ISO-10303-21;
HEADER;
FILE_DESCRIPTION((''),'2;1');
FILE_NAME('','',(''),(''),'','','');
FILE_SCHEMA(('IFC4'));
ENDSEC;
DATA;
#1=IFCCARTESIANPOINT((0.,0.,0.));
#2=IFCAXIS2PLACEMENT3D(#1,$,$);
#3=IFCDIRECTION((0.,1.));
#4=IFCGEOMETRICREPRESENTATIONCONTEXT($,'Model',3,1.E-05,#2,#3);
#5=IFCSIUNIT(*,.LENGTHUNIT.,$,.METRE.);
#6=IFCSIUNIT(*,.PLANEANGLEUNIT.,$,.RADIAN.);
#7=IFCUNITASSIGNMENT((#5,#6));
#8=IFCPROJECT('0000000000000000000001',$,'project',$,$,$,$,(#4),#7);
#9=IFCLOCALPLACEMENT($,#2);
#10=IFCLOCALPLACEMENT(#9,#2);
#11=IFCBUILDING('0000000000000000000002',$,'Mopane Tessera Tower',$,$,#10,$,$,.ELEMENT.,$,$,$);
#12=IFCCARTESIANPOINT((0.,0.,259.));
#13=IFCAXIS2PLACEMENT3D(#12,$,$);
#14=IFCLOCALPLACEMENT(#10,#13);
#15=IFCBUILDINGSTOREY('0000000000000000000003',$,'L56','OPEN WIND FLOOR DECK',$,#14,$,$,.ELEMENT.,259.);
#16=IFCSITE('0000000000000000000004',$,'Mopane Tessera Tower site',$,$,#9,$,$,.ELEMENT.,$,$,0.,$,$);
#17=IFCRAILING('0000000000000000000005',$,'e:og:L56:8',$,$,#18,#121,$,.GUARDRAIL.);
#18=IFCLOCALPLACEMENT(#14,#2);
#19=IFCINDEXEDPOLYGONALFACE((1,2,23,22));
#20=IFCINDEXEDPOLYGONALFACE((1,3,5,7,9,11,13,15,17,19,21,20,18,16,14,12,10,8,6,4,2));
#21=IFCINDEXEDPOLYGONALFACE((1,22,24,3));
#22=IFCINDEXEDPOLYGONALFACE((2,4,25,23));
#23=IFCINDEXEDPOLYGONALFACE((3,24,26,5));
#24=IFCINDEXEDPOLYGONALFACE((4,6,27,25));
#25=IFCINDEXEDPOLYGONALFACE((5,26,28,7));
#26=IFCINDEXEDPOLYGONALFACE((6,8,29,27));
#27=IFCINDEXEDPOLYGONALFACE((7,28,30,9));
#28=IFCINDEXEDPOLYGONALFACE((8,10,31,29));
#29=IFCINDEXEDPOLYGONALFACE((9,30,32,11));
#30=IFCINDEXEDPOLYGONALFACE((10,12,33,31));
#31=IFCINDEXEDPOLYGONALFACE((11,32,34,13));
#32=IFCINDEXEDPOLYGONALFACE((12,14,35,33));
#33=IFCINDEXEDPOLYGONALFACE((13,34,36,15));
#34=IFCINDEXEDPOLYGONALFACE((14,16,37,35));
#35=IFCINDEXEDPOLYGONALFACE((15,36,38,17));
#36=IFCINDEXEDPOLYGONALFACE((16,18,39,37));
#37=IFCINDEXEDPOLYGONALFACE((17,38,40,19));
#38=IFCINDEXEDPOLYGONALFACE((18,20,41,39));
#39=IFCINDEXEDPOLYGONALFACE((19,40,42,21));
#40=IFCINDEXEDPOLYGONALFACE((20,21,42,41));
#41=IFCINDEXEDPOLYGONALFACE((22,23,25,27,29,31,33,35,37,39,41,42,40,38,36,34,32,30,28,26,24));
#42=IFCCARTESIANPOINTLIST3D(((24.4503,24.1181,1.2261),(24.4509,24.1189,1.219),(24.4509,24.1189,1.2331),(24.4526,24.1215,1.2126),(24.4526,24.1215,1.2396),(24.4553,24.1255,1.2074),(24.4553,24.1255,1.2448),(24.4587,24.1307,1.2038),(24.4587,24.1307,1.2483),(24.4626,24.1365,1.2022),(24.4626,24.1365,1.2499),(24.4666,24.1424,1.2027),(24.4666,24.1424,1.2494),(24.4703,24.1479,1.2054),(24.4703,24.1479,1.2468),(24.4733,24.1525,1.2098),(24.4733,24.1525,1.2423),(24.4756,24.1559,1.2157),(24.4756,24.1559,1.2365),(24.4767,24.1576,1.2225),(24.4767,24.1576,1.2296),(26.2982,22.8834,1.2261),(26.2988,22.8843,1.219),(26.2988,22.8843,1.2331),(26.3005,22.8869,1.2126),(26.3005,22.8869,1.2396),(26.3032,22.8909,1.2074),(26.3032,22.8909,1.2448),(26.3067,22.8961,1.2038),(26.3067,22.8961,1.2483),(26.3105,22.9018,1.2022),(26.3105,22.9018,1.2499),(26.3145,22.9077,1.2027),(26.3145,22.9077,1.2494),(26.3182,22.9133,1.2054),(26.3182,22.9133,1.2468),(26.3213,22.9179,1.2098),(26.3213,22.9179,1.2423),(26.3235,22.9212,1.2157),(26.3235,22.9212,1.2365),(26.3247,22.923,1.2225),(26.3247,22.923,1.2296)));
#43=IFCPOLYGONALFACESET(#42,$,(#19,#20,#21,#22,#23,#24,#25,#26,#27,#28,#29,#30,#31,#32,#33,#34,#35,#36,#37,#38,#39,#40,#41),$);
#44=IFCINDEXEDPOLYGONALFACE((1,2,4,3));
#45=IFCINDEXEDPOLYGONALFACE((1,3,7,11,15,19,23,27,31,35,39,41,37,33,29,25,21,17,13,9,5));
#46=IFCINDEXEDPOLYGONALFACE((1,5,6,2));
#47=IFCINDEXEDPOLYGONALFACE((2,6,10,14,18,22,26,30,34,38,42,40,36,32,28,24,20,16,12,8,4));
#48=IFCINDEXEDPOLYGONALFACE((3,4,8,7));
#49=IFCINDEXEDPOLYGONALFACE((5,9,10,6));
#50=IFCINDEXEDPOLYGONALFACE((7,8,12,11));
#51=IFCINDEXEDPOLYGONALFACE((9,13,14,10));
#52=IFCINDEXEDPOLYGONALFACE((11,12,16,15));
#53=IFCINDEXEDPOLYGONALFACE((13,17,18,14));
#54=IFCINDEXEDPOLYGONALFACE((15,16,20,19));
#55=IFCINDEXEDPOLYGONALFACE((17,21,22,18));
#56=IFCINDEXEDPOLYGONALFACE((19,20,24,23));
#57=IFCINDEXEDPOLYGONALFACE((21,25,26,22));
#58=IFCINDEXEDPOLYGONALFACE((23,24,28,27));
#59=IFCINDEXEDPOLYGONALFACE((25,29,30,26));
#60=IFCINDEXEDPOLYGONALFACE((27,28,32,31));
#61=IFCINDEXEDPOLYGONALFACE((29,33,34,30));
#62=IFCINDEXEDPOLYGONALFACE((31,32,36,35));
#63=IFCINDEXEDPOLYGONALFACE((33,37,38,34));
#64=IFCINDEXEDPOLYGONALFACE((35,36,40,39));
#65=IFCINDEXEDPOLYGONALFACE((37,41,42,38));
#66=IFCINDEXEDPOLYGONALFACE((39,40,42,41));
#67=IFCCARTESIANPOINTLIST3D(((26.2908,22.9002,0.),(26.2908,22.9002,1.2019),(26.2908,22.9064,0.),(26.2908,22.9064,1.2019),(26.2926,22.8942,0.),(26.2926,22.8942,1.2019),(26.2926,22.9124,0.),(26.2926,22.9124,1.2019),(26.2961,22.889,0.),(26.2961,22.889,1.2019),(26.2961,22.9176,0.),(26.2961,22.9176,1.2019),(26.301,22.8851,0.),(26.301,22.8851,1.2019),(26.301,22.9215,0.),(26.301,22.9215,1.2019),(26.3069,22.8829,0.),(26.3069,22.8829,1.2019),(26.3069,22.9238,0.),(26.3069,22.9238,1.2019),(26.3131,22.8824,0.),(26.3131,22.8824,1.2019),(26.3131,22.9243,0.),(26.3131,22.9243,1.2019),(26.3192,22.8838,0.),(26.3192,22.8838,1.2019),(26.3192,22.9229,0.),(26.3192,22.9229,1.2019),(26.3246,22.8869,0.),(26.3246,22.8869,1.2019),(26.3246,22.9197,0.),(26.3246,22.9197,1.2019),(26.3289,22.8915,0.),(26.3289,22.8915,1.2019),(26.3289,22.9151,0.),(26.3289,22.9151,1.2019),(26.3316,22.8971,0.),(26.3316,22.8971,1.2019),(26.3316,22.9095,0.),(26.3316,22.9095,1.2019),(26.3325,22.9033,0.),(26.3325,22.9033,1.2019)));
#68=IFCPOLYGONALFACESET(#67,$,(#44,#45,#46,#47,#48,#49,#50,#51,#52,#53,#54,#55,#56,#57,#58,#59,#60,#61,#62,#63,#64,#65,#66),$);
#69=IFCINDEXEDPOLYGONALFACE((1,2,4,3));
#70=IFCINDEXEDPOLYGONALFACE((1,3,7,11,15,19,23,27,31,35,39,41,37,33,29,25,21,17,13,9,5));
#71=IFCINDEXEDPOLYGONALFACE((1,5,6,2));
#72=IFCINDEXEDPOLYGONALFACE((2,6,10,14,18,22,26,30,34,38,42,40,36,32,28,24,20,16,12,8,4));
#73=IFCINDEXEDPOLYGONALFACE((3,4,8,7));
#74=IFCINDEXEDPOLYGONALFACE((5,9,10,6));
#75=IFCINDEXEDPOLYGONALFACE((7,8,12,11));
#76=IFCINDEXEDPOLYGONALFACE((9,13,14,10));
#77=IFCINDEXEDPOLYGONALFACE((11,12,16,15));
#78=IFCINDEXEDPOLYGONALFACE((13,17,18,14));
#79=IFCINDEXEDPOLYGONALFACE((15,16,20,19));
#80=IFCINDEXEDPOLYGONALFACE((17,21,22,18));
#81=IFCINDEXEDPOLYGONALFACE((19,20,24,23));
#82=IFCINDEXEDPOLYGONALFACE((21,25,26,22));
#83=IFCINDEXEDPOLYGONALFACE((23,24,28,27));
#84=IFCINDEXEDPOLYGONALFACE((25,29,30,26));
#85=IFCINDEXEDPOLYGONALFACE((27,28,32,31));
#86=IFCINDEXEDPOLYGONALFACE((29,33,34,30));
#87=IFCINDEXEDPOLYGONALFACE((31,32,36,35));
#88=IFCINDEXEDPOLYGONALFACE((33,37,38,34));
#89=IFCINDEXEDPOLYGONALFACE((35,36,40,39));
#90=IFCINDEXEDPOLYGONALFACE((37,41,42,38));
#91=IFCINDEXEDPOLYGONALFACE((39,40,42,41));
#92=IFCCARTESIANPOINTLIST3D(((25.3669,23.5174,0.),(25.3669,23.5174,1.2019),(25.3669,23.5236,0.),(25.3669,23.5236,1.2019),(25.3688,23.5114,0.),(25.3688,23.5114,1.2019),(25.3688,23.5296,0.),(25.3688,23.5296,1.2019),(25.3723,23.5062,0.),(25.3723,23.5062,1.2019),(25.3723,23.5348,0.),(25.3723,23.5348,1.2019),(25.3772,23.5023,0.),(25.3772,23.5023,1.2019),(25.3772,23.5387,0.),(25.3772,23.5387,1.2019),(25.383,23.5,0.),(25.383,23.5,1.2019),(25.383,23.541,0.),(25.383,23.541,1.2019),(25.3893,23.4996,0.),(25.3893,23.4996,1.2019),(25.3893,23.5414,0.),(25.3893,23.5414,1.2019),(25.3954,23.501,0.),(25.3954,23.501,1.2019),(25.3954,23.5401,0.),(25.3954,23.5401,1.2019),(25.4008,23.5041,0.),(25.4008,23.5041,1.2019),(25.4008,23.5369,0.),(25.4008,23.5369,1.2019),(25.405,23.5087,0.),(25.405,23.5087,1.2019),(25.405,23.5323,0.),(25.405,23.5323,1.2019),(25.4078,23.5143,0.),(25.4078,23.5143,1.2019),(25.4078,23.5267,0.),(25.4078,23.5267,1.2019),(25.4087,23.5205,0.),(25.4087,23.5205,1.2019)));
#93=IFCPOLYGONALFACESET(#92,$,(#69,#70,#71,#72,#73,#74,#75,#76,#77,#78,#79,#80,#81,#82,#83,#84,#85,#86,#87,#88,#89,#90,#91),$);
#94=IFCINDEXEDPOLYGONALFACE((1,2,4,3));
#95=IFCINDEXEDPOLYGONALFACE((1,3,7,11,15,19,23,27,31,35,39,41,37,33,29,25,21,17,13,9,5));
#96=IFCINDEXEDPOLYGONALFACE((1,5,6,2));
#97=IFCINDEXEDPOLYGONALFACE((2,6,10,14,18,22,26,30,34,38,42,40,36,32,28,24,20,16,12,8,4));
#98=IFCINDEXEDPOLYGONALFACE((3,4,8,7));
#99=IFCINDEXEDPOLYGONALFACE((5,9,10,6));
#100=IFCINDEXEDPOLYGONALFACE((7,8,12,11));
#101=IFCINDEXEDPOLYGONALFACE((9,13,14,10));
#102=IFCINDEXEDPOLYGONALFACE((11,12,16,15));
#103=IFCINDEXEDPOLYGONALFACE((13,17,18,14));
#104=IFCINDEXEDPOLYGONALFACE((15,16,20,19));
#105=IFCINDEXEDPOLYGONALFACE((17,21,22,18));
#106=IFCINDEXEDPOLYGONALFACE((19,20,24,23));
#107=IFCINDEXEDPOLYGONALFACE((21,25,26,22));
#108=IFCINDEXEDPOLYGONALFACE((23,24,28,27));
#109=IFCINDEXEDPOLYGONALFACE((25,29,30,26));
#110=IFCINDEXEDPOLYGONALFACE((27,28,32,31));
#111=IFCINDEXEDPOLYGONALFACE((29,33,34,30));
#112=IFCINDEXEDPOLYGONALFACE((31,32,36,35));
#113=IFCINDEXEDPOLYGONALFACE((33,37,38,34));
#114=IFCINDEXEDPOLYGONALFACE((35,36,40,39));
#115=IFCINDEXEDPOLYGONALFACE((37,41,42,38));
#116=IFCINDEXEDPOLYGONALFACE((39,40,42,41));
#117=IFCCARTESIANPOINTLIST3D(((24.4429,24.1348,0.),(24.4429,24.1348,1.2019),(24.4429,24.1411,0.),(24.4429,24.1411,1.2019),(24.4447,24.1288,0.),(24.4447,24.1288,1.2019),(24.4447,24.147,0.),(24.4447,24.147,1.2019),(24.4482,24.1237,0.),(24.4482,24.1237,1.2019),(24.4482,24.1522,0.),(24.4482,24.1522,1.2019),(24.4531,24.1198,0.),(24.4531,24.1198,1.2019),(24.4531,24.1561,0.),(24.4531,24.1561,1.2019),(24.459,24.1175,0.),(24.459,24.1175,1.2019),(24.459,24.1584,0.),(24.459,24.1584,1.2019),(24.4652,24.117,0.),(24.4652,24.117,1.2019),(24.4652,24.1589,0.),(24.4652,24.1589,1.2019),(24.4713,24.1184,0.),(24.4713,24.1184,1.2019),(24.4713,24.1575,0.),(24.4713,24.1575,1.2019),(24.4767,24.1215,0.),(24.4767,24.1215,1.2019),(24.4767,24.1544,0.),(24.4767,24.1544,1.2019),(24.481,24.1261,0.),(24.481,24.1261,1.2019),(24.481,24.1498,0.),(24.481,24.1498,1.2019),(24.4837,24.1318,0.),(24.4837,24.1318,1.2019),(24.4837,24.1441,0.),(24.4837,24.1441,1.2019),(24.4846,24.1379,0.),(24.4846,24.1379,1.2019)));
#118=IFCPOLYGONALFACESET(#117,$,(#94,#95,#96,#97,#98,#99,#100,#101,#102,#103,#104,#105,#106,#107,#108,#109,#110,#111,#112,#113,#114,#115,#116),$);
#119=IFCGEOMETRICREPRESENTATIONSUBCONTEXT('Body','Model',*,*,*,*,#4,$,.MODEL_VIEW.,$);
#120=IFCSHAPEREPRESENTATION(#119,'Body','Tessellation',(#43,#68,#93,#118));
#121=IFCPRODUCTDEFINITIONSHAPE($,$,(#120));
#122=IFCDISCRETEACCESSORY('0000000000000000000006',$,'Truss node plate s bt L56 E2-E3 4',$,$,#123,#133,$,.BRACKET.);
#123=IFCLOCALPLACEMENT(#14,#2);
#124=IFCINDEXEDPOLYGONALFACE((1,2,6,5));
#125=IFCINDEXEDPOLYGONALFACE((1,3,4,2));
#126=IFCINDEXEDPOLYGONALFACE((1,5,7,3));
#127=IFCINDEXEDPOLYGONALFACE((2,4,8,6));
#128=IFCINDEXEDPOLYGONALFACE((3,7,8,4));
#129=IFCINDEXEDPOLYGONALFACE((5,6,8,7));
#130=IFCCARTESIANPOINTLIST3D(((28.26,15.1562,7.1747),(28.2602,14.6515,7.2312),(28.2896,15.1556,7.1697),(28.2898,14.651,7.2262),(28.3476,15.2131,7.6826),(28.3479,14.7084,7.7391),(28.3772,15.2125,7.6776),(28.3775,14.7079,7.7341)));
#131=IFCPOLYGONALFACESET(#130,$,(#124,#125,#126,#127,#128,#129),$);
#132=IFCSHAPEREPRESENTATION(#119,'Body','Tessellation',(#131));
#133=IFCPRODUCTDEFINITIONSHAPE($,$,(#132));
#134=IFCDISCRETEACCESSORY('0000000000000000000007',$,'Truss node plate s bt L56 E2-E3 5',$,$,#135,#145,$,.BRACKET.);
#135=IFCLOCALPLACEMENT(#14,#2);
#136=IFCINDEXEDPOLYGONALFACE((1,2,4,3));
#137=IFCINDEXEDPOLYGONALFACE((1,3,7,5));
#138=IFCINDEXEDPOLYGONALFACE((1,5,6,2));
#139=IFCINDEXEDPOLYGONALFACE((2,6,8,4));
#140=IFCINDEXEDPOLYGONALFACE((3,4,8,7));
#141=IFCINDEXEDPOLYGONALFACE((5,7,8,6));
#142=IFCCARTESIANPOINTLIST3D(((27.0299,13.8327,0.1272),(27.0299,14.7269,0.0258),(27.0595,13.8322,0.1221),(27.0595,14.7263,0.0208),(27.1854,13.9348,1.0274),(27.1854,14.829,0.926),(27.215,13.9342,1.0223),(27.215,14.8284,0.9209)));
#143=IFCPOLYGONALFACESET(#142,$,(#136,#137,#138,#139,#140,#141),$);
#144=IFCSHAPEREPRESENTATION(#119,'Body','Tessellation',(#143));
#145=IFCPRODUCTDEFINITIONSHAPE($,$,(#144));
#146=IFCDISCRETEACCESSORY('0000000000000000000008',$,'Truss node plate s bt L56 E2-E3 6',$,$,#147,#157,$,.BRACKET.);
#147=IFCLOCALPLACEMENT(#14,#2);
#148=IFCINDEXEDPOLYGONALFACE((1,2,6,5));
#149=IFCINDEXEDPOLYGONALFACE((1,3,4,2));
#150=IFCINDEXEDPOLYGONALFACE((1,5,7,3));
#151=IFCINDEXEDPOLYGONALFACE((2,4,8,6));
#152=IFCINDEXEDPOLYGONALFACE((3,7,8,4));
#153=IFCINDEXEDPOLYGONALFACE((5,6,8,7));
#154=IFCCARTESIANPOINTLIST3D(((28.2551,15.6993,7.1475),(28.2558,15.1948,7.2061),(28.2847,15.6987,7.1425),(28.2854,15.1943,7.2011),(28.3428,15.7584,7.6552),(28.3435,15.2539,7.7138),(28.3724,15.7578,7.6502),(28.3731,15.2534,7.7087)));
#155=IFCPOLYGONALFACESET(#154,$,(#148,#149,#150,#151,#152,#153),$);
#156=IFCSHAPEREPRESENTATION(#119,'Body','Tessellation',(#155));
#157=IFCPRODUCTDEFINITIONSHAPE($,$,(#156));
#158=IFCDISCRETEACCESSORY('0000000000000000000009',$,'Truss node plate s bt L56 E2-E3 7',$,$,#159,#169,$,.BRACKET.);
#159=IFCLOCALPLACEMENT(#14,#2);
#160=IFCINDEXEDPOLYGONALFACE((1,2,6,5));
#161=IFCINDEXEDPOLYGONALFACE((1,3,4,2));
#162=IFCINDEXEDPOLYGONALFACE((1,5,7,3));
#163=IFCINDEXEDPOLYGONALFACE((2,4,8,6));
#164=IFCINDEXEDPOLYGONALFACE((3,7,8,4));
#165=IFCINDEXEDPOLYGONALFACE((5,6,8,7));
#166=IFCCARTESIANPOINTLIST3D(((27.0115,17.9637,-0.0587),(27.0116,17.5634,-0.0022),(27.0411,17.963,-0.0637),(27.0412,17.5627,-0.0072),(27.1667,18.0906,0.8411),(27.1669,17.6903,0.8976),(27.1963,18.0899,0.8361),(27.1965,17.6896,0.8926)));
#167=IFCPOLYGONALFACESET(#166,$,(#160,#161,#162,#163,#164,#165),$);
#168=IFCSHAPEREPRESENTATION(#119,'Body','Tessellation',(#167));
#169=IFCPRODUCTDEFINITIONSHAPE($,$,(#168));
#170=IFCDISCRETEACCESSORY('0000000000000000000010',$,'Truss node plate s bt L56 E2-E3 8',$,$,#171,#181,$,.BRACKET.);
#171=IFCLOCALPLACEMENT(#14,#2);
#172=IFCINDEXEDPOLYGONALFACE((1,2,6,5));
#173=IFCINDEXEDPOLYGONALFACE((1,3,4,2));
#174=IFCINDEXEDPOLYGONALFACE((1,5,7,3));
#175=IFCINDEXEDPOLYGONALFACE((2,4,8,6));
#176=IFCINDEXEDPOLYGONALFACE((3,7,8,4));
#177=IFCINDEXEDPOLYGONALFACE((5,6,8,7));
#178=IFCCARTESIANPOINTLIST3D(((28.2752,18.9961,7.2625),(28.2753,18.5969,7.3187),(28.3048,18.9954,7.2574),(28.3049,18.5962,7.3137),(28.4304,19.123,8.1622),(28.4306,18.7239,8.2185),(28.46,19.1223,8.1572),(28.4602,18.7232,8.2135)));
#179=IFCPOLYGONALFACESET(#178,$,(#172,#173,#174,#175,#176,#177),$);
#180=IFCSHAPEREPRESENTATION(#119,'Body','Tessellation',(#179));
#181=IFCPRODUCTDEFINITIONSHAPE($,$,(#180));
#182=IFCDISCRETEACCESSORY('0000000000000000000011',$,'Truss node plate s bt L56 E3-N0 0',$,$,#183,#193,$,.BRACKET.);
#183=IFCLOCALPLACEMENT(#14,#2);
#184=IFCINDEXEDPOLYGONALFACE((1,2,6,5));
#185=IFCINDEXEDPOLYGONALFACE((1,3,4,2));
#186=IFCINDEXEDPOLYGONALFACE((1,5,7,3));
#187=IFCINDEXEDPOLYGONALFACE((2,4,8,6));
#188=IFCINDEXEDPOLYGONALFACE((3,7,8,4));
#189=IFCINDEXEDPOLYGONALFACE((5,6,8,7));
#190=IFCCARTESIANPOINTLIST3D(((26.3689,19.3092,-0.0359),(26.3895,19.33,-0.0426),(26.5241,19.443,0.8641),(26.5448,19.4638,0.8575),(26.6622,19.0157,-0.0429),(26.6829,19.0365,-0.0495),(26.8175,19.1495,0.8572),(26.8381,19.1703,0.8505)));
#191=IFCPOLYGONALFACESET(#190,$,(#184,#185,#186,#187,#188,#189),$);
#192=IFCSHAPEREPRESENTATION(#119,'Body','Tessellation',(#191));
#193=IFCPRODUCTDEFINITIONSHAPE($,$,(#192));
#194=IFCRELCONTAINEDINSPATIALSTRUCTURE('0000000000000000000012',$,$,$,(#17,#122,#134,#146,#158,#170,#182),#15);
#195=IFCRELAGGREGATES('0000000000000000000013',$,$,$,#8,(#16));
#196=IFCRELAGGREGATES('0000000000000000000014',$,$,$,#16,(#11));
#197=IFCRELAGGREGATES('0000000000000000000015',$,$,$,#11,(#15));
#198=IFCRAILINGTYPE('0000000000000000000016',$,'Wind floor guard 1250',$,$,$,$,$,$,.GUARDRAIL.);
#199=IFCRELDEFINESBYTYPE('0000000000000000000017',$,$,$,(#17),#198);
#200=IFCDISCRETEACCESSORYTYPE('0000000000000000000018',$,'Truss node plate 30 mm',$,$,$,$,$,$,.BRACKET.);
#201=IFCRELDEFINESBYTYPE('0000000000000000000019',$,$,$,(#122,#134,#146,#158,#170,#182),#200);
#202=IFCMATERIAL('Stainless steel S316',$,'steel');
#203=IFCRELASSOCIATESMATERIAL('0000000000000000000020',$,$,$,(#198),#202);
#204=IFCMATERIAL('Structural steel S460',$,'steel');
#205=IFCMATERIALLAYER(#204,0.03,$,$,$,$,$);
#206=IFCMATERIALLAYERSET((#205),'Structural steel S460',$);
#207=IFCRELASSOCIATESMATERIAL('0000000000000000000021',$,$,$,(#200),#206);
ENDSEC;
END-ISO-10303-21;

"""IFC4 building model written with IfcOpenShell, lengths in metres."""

from ifc_helpers import new_model, si_unit, direction, frame, origin, origin_2d, place, context, subcontext, project, spatial, rectangle, circle, extrude, material, layer, layer_set, type_object, element, save


model = new_model("IFC4")

# Units and contexts
model_context = context("Model", 3, precision=1e-05, world=origin(), true_north=direction((0.0, 1.0)))
body_context = subcontext(model_context, "Body", "Model", "MODEL_VIEW")
ifc_project = project(units=[si_unit("LENGTHUNIT", "METRE"), si_unit("PLANEANGLEUNIT", "RADIAN")], contexts=[model_context])

# Site, building, storey
site_placement = place(None, origin())
site = spatial("IfcSite", under=ifc_project, at=site_placement, Name="Mopane Tessera Tower site", CompositionType="ELEMENT", RefElevation=0.0)
building_placement = place(site_placement, origin())
building = spatial("IfcBuilding", under=site, at=building_placement, Name="Mopane Tessera Tower", CompositionType="ELEMENT")
storey_placement = place(building_placement, frame((0.0, 0.0, 259.0)))
storey = spatial("IfcBuildingStorey", under=building, at=storey_placement, Name="L56", Description="OPEN WIND FLOOR DECK", CompositionType="ELEMENT", Elevation=259.0)

# Railing
ifc_material_1 = material(Name="Stainless steel S316", Category="steel")
railing_type = type_object("IfcRailingType", Name="Wind floor guard 1250", PredefinedType="GUARDRAIL", material=ifc_material_1)
railing_1_placement = place(storey_placement, frame((26.3115, 22.9033, 0.0)))
element("IfcRailing", 1, at=railing_1_placement, inside=storey, type_object=railing_type, Name="e:og:L56:8", PredefinedType="GUARDRAIL", context=body_context, shape_type="SweptSolid", body=[
    extrude(circle(Radius=0.0239, at=origin_2d()), frame((0.0, 0.0, 1.2261), z_axis=(-0.831492, 0.555537, 0.0), x_axis=(-0.555537, -0.831492, 0.0)), (0.0, 0.0, 1.0), 2.2224),
    extrude(circle(Radius=0.021, at=origin_2d()), origin(), (0.0, 0.0, 1.0), 1.2019),
    extrude(circle(Radius=0.021, at=origin_2d()), frame((-0.9238, 0.6172, 0.0)), (0.0, 0.0, 1.0), 1.2019),
    extrude(circle(Radius=0.021, at=origin_2d()), frame((-1.8479, 1.2346, 0.0)), (0.0, 0.0, 1.0), 1.2019),
])

# Discrete accessories
ifc_material_2 = material(Name="Structural steel S460", Category="steel")
ifc_layer = layer(ifc_material_2, 0.03)
ifc_layer_set = layer_set([ifc_layer], Name="Structural steel S460")
discrete_accessory_type = type_object("IfcDiscreteAccessoryType", Name="Truss node plate 30 mm", PredefinedType="BRACKET", material=ifc_layer_set)
discrete_accessory_1_placement = place(storey_placement, frame((28.2749, 14.9036, 7.2004), z_axis=(0.169055, 0.109721, 0.97948), x_axis=(-0.985607, 0.018252, 0.168067)))
element("IfcDiscreteAccessory", 2, at=discrete_accessory_1_placement, inside=storey, type_object=discrete_accessory_type, Name="Truss node plate s bt L56 E2-E3 4", PredefinedType="BRACKET", context=body_context, shape_type="SweptSolid", body=[
    extrude(rectangle(XDim=0.03, YDim=0.5078, at=origin_2d()), origin(), (0.0, 0.0, 1.0), 0.5186),
])
discrete_accessory_2_placement = place(storey_placement, frame((27.0447, 14.2795, 0.074), z_axis=(0.169194, 0.111026, 0.979309), x_axis=(-0.985583, 0.019033, 0.168121)))
element("IfcDiscreteAccessory", 3, at=discrete_accessory_2_placement, inside=storey, type_object=discrete_accessory_type, Name="Truss node plate s bt L56 E2-E3 5", PredefinedType="BRACKET", context=body_context, shape_type="SweptSolid", body=[
    extrude(rectangle(XDim=0.03, YDim=0.8999, at=origin_2d()), origin(), (0.0, 0.0, 1.0), 0.9192),
])
discrete_accessory_3_placement = place(storey_placement, frame((28.2703, 15.4468, 7.1743), z_axis=(0.169052, 0.113957, 0.978997), x_axis=(-0.985606, 0.018064, 0.168091)))
element("IfcDiscreteAccessory", 4, at=discrete_accessory_3_placement, inside=storey, type_object=discrete_accessory_type, Name="Truss node plate s bt L56 E2-E3 6", PredefinedType="BRACKET", context=body_context, shape_type="SweptSolid", body=[
    extrude(rectangle(XDim=0.03, YDim=0.5078, at=origin_2d()), origin(), (0.0, 0.0, 1.0), 0.5186),
])
discrete_accessory_4_placement = place(storey_placement, frame((27.0264, 17.7632, -0.033), z_axis=(0.168413, 0.137696, 0.976052), x_axis=(-0.985717, 0.023129, 0.166817)))
element("IfcDiscreteAccessory", 5, at=discrete_accessory_4_placement, inside=storey, type_object=discrete_accessory_type, Name="Truss node plate s bt L56 E2-E3 7", PredefinedType="BRACKET", context=body_context, shape_type="SweptSolid", body=[
    extrude(rectangle(XDim=0.03, YDim=0.4043, at=origin_2d()), origin(), (0.0, 0.0, 1.0), 0.9219),
])
discrete_accessory_5_placement = place(storey_placement, frame((28.29, 18.7961, 7.2881), z_axis=(0.168413, 0.137696, 0.976052), x_axis=(-0.985717, 0.023145, 0.166815)))
element("IfcDiscreteAccessory", 6, at=discrete_accessory_5_placement, inside=storey, type_object=discrete_accessory_type, Name="Truss node plate s bt L56 E2-E3 8", PredefinedType="BRACKET", context=body_context, shape_type="SweptSolid", body=[
    extrude(rectangle(XDim=0.03, YDim=0.4031, at=origin_2d()), origin(), (0.0, 0.0, 1.0), 0.9219),
])
discrete_accessory_6_placement = place(storey_placement, frame((26.5259, 19.1729, -0.0427), z_axis=(0.168193, 0.144921, 0.975043), x_axis=(-0.687106, -0.692009, 0.221378)))
element("IfcDiscreteAccessory", 7, at=discrete_accessory_6_placement, inside=storey, type_object=discrete_accessory_type, Name="Truss node plate s bt L56 E3-N0 0", PredefinedType="BRACKET", context=body_context, shape_type="SweptSolid", body=[
    extrude(rectangle(XDim=0.03, YDim=0.415, at=origin_2d()), origin(), (0.0, 0.0, 1.0), 0.9231),
])

save(model, "model.ifc")
